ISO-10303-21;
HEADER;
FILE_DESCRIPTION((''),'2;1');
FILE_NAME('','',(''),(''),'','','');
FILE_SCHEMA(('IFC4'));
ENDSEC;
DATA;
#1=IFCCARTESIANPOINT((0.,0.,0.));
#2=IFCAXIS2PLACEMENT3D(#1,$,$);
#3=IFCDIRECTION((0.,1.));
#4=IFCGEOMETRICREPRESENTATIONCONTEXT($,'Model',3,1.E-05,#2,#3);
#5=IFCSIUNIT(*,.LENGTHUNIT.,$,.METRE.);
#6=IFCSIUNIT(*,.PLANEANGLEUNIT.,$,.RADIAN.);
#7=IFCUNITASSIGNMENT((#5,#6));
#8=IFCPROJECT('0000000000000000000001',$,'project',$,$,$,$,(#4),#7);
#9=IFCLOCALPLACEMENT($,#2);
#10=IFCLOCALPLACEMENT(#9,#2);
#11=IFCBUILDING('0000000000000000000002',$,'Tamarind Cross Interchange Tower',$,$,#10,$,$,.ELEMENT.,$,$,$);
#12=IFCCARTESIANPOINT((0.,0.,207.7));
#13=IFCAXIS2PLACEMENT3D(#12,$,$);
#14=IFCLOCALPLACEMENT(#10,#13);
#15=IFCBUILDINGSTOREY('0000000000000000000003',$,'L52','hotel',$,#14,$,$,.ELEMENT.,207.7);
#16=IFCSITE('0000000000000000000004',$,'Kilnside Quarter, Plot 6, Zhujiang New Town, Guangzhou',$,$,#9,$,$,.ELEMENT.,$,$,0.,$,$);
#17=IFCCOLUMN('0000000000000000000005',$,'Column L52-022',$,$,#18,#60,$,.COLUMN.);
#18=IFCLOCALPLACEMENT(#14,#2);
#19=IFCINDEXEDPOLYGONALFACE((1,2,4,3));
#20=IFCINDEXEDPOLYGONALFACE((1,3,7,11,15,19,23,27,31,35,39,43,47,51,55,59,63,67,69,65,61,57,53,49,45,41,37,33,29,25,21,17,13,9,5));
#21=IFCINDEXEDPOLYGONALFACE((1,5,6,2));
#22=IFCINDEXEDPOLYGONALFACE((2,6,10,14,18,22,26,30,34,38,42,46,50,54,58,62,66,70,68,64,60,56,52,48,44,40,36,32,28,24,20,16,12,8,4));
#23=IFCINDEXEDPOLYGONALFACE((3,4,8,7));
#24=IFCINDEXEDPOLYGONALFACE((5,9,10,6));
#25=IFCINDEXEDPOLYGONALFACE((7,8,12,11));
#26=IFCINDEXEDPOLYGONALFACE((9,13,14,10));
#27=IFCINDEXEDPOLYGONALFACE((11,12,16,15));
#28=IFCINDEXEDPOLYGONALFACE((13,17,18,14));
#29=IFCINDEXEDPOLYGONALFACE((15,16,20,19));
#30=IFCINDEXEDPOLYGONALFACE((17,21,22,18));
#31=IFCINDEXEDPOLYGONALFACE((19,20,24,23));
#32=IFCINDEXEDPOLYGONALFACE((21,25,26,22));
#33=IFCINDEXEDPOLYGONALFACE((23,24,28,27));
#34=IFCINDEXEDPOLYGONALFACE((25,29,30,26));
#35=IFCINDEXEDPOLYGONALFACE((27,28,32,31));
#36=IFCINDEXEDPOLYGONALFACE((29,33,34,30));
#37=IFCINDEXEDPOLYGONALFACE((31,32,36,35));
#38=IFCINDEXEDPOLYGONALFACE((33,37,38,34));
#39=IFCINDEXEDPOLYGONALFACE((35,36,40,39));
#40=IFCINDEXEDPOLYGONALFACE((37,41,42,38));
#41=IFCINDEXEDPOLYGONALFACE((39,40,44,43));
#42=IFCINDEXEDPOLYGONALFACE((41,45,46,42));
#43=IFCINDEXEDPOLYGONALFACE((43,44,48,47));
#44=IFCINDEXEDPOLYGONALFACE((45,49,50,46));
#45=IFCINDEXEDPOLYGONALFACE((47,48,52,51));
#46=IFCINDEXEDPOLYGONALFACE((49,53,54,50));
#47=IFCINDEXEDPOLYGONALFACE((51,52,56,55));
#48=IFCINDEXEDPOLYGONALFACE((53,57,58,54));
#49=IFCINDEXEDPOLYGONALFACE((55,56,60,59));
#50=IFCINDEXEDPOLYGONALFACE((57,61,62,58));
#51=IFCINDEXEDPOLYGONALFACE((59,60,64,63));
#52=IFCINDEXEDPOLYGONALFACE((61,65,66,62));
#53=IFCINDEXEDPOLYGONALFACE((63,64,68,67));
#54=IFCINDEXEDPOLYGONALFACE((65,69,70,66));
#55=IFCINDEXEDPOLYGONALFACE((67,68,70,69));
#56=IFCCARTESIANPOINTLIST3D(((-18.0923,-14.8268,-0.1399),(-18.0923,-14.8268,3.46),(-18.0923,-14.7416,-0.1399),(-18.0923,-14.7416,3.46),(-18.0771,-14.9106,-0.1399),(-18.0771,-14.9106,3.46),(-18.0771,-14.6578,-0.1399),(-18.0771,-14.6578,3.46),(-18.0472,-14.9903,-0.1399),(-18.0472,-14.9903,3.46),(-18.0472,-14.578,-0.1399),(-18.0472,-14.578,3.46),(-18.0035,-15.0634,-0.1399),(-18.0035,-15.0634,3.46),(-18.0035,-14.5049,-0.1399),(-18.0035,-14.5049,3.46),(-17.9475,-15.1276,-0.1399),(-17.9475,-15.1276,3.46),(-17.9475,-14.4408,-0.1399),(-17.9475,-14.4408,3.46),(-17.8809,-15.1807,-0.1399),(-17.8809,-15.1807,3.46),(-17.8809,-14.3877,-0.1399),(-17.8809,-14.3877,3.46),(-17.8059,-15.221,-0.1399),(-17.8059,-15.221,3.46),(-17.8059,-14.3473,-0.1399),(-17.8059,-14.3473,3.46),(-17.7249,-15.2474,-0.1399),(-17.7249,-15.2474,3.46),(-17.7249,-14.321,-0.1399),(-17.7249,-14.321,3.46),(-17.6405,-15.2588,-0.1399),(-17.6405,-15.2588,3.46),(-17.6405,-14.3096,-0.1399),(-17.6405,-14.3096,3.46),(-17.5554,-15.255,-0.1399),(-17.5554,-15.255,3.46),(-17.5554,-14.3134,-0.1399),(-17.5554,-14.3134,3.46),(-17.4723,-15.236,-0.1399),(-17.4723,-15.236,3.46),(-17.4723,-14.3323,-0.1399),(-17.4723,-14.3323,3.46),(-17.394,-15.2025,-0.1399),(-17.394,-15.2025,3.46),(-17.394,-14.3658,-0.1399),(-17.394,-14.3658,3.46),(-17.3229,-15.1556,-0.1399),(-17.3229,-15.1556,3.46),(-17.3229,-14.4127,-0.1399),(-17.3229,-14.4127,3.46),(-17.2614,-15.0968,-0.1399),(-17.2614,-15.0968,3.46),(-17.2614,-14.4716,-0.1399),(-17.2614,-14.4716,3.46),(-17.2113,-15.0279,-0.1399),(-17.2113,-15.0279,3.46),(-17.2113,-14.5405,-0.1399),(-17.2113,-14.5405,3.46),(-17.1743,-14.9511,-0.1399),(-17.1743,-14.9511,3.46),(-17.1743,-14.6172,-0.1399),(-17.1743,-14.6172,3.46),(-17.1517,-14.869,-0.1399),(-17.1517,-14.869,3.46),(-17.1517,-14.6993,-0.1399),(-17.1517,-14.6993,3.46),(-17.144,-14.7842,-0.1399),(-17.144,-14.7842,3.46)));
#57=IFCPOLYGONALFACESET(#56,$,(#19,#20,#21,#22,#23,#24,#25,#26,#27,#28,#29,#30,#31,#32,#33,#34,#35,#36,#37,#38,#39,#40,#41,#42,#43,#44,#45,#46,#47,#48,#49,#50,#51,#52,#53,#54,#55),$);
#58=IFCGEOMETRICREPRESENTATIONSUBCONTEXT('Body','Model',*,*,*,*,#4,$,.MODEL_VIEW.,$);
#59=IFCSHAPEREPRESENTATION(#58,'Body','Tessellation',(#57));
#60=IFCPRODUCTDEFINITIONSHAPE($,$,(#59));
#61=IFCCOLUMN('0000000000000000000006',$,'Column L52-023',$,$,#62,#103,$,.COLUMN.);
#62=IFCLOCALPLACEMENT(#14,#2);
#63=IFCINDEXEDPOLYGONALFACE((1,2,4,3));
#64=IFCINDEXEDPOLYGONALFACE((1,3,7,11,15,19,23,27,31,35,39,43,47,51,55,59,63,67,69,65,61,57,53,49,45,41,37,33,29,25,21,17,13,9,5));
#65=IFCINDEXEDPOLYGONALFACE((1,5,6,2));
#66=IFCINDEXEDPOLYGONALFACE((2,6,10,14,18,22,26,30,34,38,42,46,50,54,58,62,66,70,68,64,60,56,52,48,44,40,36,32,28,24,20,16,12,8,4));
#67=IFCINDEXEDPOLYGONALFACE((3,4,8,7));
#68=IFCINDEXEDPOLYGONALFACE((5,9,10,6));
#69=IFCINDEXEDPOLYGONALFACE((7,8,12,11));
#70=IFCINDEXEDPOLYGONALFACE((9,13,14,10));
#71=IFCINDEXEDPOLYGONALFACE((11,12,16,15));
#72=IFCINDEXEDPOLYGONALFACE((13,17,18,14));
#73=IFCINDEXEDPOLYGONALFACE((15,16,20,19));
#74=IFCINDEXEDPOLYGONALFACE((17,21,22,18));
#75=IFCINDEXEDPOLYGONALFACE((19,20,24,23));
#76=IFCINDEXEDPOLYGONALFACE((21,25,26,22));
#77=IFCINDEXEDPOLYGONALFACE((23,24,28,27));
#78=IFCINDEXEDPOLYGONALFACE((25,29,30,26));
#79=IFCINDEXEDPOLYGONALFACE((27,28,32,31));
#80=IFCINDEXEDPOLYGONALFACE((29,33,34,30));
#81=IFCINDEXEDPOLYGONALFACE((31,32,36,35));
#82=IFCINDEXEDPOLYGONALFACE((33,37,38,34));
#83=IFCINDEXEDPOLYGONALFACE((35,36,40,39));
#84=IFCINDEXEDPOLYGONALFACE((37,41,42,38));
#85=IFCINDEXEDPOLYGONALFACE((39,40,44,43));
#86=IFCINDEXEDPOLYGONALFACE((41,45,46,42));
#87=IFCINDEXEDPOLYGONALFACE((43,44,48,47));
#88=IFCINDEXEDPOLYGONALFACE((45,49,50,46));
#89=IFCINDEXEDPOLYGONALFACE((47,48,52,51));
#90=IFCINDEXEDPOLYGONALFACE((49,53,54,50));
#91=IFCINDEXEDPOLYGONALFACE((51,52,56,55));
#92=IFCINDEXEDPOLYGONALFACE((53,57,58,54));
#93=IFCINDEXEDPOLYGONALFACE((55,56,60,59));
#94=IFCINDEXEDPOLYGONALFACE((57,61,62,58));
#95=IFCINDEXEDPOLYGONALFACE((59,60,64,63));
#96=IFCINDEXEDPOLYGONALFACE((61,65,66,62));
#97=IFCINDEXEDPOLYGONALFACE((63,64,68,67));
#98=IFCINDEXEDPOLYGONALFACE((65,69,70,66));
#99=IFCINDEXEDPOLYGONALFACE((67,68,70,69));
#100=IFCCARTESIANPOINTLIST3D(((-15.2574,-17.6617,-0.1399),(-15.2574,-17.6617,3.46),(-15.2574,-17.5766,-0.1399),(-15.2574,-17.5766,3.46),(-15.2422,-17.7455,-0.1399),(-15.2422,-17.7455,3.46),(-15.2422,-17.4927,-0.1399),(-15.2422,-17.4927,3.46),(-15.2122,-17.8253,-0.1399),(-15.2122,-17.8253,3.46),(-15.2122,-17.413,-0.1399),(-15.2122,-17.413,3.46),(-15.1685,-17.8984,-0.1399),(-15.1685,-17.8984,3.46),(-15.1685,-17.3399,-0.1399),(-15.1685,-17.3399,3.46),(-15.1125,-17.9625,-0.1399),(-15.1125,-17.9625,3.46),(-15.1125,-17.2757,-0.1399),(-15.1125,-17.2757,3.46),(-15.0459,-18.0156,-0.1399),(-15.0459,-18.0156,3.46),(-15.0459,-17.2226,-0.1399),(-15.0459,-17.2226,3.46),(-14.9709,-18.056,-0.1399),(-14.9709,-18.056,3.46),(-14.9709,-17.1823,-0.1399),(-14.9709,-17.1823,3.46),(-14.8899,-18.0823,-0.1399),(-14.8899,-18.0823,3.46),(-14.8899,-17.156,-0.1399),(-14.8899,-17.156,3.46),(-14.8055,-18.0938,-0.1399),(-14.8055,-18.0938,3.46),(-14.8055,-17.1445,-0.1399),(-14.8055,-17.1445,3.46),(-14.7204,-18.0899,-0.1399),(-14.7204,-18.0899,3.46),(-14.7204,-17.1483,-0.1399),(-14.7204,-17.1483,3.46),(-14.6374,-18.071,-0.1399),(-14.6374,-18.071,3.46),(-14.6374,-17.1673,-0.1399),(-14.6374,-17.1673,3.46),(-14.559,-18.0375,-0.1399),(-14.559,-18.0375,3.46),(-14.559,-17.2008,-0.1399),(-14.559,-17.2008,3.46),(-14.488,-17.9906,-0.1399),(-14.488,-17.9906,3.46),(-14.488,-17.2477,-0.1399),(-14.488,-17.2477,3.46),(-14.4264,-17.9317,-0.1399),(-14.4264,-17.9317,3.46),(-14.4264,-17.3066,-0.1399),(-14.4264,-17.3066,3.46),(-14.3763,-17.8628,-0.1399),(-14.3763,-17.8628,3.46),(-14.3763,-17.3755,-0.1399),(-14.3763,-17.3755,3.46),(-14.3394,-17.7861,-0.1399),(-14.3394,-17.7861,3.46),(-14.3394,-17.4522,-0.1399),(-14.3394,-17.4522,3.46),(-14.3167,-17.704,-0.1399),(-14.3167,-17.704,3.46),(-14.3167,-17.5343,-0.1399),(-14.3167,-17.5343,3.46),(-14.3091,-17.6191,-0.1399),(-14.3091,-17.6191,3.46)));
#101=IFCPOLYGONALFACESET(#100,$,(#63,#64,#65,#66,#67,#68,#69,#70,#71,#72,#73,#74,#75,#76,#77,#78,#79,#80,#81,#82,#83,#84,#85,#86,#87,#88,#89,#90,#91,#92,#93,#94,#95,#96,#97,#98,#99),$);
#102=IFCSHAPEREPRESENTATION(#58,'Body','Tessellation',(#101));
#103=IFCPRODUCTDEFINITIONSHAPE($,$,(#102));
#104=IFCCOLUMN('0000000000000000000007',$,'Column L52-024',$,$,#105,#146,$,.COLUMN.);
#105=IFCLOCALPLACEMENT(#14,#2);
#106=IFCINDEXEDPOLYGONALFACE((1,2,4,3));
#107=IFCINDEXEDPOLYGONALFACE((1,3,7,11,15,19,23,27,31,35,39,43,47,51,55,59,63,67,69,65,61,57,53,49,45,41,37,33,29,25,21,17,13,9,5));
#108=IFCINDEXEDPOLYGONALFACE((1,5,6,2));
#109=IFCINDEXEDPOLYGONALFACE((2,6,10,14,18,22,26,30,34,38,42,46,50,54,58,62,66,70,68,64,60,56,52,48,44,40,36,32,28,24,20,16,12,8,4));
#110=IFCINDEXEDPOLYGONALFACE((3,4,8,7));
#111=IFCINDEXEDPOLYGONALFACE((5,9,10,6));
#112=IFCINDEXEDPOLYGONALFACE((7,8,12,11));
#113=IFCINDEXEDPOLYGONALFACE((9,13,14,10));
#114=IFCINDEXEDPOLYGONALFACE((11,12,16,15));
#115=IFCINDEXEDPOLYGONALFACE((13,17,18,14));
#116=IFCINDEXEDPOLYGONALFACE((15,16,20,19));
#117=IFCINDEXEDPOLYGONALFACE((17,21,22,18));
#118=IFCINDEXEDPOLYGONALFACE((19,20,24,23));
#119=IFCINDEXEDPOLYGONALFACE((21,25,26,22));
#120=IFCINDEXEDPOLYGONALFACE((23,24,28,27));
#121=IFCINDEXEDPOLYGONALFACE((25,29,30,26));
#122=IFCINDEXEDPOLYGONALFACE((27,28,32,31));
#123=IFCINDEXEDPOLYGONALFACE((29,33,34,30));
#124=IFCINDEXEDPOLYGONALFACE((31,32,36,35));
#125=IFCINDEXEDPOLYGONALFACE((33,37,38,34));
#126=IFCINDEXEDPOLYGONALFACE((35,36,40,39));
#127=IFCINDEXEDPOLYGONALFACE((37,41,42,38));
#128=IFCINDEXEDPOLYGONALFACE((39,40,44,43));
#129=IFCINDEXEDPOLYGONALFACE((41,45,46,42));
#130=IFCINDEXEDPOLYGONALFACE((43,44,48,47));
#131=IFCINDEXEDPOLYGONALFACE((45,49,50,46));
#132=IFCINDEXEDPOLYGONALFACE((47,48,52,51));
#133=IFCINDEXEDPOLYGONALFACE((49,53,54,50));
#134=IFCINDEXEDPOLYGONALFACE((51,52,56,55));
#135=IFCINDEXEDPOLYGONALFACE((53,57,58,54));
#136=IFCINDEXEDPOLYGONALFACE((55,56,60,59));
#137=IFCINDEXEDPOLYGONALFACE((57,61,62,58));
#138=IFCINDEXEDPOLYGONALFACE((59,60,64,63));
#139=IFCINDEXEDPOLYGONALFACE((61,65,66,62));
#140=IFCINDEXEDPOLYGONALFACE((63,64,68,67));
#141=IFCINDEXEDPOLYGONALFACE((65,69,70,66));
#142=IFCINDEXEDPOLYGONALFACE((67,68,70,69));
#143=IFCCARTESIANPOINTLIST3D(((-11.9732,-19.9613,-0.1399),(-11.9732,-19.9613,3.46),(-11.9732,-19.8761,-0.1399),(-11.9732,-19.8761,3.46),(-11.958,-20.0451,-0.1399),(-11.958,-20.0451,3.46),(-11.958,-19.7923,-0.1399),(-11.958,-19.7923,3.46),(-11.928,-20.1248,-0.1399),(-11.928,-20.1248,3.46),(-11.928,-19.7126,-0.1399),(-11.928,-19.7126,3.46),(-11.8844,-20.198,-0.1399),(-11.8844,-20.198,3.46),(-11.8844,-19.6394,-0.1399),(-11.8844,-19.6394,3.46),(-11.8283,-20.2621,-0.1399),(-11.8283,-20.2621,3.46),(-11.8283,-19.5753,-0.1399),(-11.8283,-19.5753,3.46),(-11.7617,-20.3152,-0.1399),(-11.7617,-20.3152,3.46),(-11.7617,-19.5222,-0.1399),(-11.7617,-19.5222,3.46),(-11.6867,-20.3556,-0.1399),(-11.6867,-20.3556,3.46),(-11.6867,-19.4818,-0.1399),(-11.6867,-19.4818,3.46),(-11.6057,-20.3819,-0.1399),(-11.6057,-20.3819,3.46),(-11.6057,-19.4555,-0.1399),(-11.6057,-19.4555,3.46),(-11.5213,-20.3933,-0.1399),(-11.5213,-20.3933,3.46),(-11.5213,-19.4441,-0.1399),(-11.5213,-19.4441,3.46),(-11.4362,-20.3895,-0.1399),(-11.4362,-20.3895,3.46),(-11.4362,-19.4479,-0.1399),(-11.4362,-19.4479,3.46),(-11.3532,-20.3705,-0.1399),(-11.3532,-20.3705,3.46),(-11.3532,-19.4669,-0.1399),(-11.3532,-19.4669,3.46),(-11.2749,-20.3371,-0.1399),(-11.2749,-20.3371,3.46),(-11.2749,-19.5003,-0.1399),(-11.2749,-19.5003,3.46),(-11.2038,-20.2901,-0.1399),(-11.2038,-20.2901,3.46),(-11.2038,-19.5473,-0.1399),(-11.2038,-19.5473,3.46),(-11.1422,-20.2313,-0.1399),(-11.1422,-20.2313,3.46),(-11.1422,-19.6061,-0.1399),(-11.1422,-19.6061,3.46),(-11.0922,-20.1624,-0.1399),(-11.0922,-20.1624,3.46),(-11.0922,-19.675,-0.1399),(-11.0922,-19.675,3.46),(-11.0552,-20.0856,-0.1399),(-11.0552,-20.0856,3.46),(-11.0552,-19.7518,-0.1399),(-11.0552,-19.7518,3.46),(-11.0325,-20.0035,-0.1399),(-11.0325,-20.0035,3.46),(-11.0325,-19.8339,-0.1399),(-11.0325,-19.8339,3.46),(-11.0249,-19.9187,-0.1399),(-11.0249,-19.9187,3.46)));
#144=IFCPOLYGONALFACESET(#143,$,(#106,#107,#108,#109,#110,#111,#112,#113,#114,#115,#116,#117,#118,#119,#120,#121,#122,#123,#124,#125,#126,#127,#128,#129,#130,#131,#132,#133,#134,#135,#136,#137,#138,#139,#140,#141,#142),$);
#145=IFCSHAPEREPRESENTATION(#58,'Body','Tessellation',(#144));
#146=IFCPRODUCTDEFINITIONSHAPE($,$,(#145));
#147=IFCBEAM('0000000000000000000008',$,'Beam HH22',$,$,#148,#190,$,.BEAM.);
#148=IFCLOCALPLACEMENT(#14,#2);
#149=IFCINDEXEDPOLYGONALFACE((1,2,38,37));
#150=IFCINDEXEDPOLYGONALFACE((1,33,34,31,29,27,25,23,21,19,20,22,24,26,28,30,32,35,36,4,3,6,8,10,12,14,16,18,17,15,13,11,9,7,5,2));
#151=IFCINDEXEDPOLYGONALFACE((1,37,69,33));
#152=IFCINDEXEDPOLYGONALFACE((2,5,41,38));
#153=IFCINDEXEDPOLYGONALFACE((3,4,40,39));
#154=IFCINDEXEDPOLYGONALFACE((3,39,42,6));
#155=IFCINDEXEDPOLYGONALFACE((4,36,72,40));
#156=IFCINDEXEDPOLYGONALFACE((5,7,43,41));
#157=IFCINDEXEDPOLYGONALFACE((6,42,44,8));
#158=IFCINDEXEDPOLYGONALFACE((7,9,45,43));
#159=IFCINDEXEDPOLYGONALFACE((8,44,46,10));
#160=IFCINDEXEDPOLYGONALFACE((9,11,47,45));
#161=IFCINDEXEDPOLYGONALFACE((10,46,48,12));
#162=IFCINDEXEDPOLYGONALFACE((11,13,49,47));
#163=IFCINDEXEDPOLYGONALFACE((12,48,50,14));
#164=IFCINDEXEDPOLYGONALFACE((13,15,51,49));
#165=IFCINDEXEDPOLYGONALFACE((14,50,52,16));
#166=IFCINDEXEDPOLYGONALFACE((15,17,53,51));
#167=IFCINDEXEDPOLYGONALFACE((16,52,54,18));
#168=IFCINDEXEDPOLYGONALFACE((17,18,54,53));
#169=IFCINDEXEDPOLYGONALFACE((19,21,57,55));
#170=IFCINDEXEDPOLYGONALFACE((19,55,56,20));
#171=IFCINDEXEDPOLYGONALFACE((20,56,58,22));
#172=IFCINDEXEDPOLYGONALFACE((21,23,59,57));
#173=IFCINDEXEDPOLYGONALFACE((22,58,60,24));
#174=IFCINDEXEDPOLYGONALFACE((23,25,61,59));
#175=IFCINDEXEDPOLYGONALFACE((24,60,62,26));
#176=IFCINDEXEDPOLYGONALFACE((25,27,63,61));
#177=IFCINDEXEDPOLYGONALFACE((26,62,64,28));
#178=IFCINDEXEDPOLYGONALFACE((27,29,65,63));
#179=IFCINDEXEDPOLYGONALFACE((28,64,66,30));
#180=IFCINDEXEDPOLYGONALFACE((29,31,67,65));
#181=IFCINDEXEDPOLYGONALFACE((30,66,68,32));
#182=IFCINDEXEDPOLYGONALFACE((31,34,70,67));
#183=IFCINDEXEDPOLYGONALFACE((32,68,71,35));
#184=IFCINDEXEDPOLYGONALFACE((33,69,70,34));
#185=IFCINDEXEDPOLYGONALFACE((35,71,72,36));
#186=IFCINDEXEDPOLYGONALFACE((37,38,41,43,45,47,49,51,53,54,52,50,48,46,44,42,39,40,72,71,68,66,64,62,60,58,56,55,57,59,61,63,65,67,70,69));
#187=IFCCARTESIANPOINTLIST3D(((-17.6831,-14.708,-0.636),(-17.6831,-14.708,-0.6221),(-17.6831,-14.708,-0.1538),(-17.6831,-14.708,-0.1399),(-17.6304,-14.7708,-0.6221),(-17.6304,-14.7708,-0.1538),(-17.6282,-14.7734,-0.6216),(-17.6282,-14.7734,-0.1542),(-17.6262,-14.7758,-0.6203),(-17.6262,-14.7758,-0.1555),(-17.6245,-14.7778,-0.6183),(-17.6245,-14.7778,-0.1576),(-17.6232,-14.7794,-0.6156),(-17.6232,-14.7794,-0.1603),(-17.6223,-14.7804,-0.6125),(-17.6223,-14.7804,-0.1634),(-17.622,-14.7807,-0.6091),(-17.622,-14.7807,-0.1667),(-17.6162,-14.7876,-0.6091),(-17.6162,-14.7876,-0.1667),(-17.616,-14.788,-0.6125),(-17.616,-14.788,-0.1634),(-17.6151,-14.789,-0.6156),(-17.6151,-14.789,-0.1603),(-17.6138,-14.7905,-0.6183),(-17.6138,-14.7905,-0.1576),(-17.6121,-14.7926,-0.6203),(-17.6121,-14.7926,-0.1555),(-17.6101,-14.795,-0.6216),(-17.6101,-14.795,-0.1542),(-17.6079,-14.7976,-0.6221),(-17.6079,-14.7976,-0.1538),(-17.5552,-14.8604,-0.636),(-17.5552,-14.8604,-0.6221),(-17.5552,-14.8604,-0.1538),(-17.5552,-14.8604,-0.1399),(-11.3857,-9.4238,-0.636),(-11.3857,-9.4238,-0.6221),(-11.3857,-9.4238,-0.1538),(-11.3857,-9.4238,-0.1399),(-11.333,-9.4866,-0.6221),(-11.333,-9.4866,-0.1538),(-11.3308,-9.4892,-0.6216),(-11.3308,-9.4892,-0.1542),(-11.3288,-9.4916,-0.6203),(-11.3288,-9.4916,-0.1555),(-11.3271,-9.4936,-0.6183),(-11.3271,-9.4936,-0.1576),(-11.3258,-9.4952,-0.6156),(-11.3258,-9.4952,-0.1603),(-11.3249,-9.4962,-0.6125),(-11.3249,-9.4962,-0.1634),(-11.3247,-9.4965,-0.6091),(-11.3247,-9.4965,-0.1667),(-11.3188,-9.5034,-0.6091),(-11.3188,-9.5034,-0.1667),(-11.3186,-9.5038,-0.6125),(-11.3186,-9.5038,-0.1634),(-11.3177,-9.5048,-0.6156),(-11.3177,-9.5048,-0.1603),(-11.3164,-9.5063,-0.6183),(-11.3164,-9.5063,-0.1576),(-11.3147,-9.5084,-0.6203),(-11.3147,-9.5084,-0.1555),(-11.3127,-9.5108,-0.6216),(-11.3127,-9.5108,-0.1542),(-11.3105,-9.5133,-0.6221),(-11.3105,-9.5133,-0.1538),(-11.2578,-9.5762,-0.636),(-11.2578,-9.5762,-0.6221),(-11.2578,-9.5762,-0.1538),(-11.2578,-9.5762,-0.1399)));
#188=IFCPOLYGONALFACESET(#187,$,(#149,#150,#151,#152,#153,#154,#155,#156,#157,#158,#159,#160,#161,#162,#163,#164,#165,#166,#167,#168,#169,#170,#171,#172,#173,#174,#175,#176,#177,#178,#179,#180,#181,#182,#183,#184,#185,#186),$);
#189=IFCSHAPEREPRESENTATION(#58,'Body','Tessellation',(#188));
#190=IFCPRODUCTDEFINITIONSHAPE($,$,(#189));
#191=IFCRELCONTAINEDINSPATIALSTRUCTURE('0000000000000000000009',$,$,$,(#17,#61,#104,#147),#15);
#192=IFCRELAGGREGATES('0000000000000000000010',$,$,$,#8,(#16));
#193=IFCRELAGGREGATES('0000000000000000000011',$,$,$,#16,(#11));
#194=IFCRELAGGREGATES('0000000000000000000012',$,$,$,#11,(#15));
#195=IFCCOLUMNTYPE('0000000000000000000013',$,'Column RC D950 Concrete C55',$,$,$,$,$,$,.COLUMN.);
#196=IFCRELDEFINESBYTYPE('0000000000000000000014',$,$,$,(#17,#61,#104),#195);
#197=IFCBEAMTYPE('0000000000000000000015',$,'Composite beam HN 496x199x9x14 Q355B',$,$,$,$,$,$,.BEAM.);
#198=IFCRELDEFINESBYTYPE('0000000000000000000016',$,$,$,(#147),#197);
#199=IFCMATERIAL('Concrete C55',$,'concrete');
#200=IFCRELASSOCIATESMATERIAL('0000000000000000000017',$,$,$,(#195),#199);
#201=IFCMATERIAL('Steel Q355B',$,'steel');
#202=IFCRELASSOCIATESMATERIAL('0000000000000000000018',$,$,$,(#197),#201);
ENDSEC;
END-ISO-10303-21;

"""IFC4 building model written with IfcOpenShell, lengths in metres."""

from ifc_helpers import new_model, si_unit, direction, frame, origin, origin_2d, place, context, subcontext, project, spatial, circle, i_section, extrude, material, material_profile, profile_set, type_object, element, save


model = new_model("IFC4")

# Units and contexts
model_context = context("Model", 3, precision=1e-05, world=origin(), true_north=direction((0.0, 1.0)))
body_context = subcontext(model_context, "Body", "Model", "MODEL_VIEW")
ifc_project = project(units=[si_unit("LENGTHUNIT", "METRE"), si_unit("PLANEANGLEUNIT", "RADIAN")], contexts=[model_context])

# Site, building, storey
site_placement = place(None, origin())
site = spatial("IfcSite", under=ifc_project, at=site_placement, Name="Kilnside Quarter, Plot 6, Zhujiang New Town, Guangzhou", CompositionType="ELEMENT", RefElevation=0.0)
building_placement = place(site_placement, origin())
building = spatial("IfcBuilding", under=site, at=building_placement, Name="Tamarind Cross Interchange Tower", CompositionType="ELEMENT")
storey_placement = place(building_placement, frame((0.0, 0.0, 207.7)))
storey = spatial("IfcBuildingStorey", under=building, at=storey_placement, Name="L52", Description="hotel", CompositionType="ELEMENT", Elevation=207.7)

# Columns
ifc_material_1 = material(Name="Concrete C55", Category="concrete")
ifc_material_profile_1 = material_profile(ifc_material_1, circle(Radius=0.4751, at=origin_2d()), Name="RC D950")
ifc_profile_set_1 = profile_set([ifc_material_profile_1], Name="Concrete C55")
column_type = type_object("IfcColumnType", Name="Column RC D950 Concrete C55", PredefinedType="COLUMN", material=ifc_profile_set_1)
for number, where, z_axis, x_axis, name in (
    (1, (-17.6191, -14.7842, -0.1399), (0.0, 0.0, 1.0), (1.0, 0.0, 0.0), "Column L52-022"),
    (2, (-14.7842, -17.6191, -0.1399), (0.0, 0.0, 1.0), (1.0, 0.0, 0.0), "Column L52-023"),
    (3, (-11.5, -19.9187, -0.1399), (0.0, 0.0, 1.0), (1.0, 0.0, 0.0), "Column L52-024"),
):
    element("IfcColumn", number, at=place(storey_placement, frame(where, z_axis=z_axis, x_axis=x_axis)), inside=storey, type_object=column_type, Name=name, PredefinedType="COLUMN", context=body_context, shape_type="SweptSolid", body=[
        extrude(circle(Radius=0.4751, at=origin_2d()), origin(), (0.0, 0.0, 1.0), 3.5999),
    ])

# Beam
ifc_material_2 = material(Name="Steel Q355B", Category="steel")
ifc_material_profile_2 = material_profile(ifc_material_2, i_section(OverallWidth=0.199, OverallDepth=0.4961, WebThickness=0.009, FlangeThickness=0.0139, FilletRadius=0.0129, at=origin_2d()), Name="HN 496x199x9x14")
ifc_profile_set_2 = profile_set([ifc_material_profile_2], Name="Steel Q355B")
beam_type = type_object("IfcBeamType", Name="Composite beam HN 496x199x9x14 Q355B", PredefinedType="BEAM", material=ifc_profile_set_2)
beam_1_placement = place(storey_placement, frame((-17.6191, -14.7842, -0.3879), z_axis=(0.766041, 0.642792, 0.0), x_axis=(-0.642792, 0.766041, 0.0)))
element("IfcBeam", 4, at=beam_1_placement, inside=storey, type_object=beam_type, Name="Beam HH22", PredefinedType="BEAM", context=body_context, shape_type="SweptSolid", body=[
    extrude(i_section(OverallWidth=0.199, OverallDepth=0.4961, WebThickness=0.009, FlangeThickness=0.0139, FilletRadius=0.0129, at=origin_2d()), origin(), (0.0, 0.0, 1.0), 8.2207),
])

save(model, "model.ifc")
